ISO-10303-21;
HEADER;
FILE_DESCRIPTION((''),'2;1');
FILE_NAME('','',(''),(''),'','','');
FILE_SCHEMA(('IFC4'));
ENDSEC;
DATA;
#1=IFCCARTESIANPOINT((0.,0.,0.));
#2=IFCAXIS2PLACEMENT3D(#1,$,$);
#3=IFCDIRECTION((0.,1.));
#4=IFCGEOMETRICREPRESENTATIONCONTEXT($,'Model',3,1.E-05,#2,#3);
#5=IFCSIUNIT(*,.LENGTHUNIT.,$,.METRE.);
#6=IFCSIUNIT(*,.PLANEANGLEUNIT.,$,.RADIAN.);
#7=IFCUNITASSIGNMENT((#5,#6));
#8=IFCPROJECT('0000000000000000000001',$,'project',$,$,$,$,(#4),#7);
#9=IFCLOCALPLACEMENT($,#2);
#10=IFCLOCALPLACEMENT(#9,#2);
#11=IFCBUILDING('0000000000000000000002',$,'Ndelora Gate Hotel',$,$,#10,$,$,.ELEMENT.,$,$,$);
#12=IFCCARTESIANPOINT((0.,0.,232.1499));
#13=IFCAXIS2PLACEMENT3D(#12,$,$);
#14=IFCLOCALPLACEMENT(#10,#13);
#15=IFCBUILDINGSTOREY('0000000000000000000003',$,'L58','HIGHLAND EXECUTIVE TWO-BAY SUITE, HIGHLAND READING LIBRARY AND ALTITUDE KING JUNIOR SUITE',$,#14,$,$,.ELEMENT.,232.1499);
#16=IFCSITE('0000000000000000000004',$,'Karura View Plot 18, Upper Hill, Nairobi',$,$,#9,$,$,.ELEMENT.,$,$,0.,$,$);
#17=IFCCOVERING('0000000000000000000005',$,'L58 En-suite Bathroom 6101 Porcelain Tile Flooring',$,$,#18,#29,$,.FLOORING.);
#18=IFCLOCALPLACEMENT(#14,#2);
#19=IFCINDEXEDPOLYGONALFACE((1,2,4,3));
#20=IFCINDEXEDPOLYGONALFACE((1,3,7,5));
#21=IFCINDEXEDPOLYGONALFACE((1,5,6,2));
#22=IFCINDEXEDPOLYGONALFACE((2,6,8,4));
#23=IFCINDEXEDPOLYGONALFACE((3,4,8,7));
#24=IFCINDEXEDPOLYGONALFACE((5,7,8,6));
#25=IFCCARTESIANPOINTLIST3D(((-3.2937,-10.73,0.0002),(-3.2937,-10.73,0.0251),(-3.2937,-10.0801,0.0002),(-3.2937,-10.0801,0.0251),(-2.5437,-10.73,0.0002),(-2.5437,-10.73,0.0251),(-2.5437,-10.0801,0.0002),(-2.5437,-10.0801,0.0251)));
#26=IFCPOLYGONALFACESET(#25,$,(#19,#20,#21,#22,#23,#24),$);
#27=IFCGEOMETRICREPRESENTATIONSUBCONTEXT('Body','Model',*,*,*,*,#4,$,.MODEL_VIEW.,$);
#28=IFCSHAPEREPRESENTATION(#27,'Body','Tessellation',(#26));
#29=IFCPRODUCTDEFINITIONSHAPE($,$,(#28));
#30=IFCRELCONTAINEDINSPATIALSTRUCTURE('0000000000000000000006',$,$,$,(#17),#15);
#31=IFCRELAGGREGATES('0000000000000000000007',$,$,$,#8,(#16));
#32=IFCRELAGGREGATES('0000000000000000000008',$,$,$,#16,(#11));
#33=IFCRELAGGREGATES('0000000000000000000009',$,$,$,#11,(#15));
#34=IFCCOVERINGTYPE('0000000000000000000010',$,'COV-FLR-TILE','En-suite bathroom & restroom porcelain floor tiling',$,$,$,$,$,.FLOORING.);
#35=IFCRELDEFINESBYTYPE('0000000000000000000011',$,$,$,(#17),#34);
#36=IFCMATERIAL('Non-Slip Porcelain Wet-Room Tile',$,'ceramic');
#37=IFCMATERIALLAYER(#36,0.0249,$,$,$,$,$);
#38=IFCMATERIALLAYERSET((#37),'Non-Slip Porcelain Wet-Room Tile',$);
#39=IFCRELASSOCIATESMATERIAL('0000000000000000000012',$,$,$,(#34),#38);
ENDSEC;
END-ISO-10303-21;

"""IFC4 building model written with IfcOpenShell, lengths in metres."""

from ifc_helpers import new_model, si_unit, direction, frame, origin, origin_2d, place, context, subcontext, project, spatial, rectangle, extrude, material, layer, layer_set, type_object, element, save


model = new_model("IFC4")

# Units and contexts
model_context = context("Model", 3, precision=1e-05, world=origin(), true_north=direction((0.0, 1.0)))
body_context = subcontext(model_context, "Body", "Model", "MODEL_VIEW")
ifc_project = project(units=[si_unit("LENGTHUNIT", "METRE"), si_unit("PLANEANGLEUNIT", "RADIAN")], contexts=[model_context])

# Site, building, storey
site_placement = place(None, origin())
site = spatial("IfcSite", under=ifc_project, at=site_placement, Name="Karura View Plot 18, Upper Hill, Nairobi", CompositionType="ELEMENT", RefElevation=0.0)
building_placement = place(site_placement, origin())
building = spatial("IfcBuilding", under=site, at=building_placement, Name="Ndelora Gate Hotel", CompositionType="ELEMENT")
storey_placement = place(building_placement, frame((0.0, 0.0, 232.1499)))
storey = spatial("IfcBuildingStorey", under=building, at=storey_placement, Name="L58", Description="HIGHLAND EXECUTIVE TWO-BAY SUITE, HIGHLAND READING LIBRARY AND ALTITUDE KING JUNIOR SUITE", CompositionType="ELEMENT", Elevation=232.1499)

# Covering
ifc_material_1 = material(Name="Non-Slip Porcelain Wet-Room Tile", Category="ceramic")
ifc_layer_1 = layer(ifc_material_1, 0.0249)
ifc_layer_set_1 = layer_set([ifc_layer_1], Name="Non-Slip Porcelain Wet-Room Tile")
covering_type_1 = type_object("IfcCoveringType", Name="COV-FLR-TILE", Description="En-suite bathroom & restroom porcelain floor tiling", PredefinedType="FLOORING", material=ifc_layer_set_1)
covering_1_placement = place(storey_placement, frame((-2.9187, -10.405, 0.0002), z_axis=(0.0, 0.0, 1.0), x_axis=(1.0, 0.0, 0.0)))
element("IfcCovering", 1, at=covering_1_placement, inside=storey, type_object=covering_type_1, Name="L58 En-suite Bathroom 6101 Porcelain Tile Flooring", PredefinedType="FLOORING", context=body_context, shape_type="SweptSolid", body=[
    extrude(rectangle(XDim=0.75, YDim=0.6499, at=origin_2d()), origin(), (0.0, 0.0, 1.0), 0.0249),
])

save(model, "model.ifc")
